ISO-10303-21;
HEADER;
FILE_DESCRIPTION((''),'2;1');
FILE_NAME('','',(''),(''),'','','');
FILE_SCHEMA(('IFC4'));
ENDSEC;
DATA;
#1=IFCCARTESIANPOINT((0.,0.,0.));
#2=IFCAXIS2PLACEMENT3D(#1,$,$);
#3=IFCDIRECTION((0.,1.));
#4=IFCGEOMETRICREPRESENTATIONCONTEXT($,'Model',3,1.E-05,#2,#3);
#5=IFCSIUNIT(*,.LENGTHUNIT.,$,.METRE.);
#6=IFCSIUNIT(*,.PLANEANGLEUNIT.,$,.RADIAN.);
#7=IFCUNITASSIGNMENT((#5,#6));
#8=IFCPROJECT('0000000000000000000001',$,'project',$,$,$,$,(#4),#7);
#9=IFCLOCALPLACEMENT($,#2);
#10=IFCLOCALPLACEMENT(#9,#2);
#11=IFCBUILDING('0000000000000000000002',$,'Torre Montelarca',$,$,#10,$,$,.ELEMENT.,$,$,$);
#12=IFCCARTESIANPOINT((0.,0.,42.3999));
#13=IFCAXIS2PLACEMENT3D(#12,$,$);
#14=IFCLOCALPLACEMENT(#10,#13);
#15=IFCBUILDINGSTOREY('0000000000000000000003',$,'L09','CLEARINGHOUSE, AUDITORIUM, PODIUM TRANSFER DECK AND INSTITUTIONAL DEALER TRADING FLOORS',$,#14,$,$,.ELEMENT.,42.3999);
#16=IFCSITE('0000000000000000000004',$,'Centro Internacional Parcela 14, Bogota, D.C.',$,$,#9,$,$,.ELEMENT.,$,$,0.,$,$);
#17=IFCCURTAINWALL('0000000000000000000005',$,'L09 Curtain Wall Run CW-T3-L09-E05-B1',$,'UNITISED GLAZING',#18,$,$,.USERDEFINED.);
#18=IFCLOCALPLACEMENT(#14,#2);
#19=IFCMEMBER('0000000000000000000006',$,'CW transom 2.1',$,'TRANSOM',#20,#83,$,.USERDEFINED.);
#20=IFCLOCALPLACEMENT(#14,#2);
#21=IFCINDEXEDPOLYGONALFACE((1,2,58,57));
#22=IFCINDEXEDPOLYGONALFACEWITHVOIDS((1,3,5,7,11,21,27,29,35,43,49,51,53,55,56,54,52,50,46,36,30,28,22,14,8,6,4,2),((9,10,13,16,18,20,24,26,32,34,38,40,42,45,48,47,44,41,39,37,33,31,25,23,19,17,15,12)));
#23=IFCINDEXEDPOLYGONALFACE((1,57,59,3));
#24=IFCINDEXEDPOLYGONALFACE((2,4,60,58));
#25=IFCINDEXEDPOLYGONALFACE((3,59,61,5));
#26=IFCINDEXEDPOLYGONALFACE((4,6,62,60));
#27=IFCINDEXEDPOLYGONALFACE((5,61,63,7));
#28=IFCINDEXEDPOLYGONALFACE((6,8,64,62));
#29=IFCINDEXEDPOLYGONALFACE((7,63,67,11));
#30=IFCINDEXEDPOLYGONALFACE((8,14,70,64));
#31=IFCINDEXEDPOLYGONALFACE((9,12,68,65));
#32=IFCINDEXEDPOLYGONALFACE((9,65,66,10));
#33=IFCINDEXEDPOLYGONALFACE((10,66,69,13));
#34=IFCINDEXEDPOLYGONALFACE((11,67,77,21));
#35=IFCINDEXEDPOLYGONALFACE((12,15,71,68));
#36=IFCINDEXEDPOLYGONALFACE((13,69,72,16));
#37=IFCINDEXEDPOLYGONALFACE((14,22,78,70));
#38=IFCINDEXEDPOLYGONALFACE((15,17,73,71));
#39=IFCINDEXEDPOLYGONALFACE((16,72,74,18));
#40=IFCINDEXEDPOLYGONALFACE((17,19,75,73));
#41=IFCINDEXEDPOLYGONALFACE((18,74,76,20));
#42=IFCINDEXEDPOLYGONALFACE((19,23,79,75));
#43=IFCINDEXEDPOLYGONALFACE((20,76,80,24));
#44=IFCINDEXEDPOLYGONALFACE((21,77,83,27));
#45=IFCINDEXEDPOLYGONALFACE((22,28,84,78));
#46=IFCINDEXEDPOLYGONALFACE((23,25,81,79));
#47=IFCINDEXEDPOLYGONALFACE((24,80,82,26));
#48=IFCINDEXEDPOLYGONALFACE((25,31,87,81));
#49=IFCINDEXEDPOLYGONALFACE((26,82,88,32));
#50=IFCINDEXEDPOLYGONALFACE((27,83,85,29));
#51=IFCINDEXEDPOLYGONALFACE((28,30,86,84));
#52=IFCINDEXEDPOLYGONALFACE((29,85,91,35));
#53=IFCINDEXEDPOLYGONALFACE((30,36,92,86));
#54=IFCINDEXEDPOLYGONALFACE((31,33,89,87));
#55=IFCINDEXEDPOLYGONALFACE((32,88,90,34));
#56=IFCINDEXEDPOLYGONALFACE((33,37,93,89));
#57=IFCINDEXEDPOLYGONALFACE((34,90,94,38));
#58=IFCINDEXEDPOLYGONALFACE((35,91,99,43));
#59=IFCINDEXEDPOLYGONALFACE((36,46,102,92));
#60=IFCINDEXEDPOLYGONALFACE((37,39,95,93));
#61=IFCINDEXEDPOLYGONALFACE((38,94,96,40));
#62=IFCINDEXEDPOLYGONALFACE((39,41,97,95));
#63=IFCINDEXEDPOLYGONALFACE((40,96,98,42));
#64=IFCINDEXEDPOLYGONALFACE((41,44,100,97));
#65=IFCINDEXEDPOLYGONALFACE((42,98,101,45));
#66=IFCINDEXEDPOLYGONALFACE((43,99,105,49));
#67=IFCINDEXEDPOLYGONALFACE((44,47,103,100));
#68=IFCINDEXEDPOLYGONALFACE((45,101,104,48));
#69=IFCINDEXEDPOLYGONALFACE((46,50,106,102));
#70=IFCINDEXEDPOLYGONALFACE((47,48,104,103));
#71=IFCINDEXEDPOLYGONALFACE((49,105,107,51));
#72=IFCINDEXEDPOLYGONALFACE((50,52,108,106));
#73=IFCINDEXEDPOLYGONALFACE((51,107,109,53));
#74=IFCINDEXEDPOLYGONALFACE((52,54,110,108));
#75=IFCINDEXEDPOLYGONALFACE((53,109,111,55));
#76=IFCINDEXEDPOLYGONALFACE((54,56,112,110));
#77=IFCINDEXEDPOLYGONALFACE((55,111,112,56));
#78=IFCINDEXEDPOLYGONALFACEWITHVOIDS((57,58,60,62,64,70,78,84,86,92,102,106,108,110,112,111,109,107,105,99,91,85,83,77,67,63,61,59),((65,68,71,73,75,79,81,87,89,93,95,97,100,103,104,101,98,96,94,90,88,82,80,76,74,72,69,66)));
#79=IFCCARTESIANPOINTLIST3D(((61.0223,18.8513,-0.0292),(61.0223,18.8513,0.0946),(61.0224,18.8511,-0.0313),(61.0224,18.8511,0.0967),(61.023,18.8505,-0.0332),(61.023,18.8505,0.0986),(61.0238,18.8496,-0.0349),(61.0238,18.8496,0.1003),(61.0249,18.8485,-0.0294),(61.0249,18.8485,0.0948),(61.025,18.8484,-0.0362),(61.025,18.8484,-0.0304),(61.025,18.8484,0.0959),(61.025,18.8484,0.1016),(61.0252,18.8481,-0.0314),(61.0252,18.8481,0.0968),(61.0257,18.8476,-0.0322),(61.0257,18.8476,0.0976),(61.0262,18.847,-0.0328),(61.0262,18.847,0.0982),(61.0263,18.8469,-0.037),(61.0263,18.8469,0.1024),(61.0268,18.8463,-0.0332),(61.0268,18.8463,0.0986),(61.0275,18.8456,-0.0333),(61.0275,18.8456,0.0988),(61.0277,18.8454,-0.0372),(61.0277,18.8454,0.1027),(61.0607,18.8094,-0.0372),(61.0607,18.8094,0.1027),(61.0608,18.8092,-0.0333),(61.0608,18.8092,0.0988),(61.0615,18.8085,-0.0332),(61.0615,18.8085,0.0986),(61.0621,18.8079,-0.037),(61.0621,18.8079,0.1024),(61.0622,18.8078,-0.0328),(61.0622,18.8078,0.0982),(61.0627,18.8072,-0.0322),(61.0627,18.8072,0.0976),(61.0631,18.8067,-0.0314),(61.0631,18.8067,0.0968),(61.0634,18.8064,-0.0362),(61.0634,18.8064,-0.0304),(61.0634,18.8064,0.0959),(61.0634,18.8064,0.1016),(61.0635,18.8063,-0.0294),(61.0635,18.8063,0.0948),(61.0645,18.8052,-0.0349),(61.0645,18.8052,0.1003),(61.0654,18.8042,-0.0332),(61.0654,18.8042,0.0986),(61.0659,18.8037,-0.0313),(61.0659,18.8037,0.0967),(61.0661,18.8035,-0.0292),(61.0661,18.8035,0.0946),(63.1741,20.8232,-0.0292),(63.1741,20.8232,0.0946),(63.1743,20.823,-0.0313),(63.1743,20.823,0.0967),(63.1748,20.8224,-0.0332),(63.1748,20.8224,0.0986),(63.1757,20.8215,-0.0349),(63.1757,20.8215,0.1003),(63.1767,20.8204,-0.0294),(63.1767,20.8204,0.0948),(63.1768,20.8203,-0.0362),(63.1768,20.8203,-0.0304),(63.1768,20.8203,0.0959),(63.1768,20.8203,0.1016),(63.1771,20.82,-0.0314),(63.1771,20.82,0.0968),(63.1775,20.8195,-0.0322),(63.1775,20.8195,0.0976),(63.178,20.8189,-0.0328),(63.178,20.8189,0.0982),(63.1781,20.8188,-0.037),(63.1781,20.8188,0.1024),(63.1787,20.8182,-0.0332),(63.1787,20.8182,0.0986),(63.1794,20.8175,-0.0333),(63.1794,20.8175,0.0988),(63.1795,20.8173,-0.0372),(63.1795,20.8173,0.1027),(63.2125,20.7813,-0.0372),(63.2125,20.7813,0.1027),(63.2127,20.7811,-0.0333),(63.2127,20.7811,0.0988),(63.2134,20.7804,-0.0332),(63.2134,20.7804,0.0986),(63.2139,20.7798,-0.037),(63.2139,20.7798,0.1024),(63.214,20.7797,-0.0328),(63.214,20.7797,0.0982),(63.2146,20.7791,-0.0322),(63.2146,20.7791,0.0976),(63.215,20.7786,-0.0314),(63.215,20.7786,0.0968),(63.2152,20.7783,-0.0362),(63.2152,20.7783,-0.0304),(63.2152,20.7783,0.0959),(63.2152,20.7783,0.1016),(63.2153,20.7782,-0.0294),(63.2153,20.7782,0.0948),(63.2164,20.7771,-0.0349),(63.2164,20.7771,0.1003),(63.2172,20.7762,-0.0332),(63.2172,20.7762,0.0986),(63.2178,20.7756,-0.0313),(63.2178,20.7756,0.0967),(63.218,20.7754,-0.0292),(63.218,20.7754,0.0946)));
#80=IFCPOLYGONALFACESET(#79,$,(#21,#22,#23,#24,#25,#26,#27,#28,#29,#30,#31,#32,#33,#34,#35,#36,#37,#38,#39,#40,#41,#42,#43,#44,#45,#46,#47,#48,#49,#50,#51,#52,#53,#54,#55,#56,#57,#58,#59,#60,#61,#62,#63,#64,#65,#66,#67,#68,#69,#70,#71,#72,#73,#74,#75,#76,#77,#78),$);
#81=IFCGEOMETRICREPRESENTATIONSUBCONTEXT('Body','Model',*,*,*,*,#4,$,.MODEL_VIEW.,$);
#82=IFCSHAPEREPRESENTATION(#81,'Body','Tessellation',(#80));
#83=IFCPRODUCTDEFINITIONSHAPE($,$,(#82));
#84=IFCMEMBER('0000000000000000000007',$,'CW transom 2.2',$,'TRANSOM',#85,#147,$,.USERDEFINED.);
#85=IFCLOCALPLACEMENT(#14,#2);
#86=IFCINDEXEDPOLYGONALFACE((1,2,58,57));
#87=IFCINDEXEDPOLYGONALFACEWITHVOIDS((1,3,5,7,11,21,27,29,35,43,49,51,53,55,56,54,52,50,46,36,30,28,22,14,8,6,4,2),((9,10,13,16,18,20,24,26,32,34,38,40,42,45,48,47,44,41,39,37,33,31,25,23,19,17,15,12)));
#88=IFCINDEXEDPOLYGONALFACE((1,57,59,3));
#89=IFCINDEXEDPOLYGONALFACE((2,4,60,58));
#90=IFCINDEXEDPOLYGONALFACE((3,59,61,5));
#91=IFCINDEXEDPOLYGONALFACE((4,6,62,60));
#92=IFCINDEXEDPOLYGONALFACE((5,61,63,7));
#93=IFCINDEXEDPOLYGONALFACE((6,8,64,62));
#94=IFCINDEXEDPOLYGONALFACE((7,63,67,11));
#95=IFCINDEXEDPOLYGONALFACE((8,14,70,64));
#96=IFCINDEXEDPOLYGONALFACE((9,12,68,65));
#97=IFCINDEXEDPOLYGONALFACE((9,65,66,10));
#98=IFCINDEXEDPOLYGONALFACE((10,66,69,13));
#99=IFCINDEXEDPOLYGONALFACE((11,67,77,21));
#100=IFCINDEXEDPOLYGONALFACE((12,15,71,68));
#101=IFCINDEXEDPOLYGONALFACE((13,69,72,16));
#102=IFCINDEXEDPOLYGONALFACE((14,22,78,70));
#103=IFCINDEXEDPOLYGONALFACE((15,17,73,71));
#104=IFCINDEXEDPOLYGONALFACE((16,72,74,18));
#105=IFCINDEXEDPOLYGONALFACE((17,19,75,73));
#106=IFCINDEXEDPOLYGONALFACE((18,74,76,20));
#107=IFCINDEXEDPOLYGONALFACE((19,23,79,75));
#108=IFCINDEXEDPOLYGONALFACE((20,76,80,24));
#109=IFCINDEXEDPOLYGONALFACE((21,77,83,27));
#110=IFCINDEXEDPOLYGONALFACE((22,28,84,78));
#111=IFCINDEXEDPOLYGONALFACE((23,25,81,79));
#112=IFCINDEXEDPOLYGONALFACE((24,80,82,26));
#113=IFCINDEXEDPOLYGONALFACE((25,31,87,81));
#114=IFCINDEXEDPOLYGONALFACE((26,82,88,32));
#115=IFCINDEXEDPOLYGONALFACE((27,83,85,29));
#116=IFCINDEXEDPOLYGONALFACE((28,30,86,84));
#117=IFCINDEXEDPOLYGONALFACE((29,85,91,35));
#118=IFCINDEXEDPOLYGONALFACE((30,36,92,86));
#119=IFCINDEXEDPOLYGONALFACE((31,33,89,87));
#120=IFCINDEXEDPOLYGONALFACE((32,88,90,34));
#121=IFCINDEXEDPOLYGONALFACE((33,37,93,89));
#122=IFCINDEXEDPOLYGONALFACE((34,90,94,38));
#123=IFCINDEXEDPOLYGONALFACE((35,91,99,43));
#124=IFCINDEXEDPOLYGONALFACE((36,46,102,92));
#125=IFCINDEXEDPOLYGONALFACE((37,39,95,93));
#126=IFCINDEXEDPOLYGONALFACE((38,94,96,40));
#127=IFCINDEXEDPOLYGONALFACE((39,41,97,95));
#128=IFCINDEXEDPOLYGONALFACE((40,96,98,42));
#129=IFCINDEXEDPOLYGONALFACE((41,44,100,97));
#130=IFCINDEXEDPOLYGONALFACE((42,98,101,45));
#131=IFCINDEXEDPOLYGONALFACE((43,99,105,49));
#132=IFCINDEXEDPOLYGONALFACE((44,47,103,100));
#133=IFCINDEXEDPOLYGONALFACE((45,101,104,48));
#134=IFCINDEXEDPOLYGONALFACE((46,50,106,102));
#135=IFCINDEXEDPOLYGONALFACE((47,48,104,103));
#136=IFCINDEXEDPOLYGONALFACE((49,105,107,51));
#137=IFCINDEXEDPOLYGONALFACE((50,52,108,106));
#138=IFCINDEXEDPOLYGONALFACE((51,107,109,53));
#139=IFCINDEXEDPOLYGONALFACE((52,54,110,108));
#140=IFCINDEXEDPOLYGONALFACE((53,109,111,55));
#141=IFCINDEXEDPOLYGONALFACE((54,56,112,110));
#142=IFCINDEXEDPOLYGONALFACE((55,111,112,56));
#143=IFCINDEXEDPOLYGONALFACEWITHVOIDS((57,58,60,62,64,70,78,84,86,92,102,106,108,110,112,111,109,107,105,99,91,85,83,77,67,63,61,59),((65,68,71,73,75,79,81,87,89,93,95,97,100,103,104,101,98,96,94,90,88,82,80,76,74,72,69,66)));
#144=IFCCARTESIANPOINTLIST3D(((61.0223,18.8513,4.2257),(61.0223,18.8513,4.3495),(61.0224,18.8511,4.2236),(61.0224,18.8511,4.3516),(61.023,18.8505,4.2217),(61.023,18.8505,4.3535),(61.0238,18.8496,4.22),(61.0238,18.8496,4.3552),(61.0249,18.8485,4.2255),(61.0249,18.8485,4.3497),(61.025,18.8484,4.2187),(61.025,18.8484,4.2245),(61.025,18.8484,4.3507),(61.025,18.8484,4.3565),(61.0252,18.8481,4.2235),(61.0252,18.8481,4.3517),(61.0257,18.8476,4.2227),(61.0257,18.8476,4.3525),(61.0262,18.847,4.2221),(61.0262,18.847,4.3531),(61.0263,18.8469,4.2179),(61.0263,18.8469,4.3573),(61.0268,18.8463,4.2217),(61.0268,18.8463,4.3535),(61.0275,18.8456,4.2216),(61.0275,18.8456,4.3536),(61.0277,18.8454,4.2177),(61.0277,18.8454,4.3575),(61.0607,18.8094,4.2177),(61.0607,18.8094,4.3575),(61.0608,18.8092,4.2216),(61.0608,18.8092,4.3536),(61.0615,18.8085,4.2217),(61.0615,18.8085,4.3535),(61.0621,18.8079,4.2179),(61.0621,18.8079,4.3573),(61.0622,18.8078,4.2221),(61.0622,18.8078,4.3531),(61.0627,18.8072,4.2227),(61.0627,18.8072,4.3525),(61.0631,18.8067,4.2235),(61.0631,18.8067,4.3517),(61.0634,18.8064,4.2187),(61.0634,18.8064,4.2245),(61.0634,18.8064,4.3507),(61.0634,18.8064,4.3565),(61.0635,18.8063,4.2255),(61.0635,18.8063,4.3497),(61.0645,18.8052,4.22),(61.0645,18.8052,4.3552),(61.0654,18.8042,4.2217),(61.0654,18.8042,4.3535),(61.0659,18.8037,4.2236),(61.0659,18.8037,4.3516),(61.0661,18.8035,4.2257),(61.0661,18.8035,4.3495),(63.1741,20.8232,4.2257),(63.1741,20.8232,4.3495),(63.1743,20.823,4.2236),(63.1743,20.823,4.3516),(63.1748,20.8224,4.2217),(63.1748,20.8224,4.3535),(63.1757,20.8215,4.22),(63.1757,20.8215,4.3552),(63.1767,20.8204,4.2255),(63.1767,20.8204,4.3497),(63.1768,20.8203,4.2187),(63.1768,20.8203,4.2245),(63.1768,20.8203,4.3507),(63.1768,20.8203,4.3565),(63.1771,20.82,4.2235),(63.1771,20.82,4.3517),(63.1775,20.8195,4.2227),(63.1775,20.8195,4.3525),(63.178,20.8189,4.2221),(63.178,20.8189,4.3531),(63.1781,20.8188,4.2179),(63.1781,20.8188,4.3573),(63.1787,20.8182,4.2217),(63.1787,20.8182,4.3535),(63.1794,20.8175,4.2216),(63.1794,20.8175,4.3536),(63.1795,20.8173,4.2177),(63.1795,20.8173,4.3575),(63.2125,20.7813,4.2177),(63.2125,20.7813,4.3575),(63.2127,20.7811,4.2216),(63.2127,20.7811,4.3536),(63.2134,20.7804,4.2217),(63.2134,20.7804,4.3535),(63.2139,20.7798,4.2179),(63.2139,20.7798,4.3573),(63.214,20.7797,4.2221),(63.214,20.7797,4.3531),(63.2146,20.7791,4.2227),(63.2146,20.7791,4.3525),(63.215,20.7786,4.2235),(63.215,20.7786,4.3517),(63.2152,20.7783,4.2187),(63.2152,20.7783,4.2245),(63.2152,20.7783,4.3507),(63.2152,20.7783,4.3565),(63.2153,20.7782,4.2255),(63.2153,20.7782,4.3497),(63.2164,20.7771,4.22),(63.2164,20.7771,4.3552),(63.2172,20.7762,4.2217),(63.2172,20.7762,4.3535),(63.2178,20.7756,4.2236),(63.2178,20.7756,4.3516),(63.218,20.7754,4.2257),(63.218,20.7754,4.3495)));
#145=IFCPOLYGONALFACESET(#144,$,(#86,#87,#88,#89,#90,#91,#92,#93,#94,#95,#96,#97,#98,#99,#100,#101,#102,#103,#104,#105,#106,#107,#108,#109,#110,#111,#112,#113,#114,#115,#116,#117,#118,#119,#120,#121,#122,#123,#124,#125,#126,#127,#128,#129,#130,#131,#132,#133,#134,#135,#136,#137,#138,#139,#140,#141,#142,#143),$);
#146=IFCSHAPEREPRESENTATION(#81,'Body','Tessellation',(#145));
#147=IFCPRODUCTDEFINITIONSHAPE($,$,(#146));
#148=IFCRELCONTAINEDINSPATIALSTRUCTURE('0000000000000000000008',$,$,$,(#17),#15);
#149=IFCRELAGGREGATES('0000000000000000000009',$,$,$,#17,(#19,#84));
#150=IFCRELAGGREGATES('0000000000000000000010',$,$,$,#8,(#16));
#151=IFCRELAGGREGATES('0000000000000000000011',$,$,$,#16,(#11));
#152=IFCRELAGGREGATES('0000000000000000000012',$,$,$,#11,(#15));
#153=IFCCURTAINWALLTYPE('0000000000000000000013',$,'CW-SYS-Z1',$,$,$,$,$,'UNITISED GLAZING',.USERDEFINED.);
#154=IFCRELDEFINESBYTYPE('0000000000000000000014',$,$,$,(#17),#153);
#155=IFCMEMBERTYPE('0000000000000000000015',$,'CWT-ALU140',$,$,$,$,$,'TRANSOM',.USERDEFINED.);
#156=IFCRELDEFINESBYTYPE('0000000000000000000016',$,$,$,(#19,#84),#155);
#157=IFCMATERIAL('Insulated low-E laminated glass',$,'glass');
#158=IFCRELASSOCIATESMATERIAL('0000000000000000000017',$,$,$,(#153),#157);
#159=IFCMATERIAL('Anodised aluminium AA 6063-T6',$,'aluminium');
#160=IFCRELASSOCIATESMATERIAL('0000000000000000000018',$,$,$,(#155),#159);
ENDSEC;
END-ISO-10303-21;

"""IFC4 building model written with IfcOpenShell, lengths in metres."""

from ifc_helpers import new_model, si_unit, direction, frame, origin, origin_2d, place, context, subcontext, project, spatial, hollow_rectangle, extrude, source, transform, mapped, material, material_profile, profile_set, type_object, element, aggregate, save


model = new_model("IFC4")

# Units and contexts
model_context = context("Model", 3, precision=1e-05, world=origin(), true_north=direction((0.0, 1.0)))
body_context = subcontext(model_context, "Body", "Model", "MODEL_VIEW")
ifc_project = project(units=[si_unit("LENGTHUNIT", "METRE"), si_unit("PLANEANGLEUNIT", "RADIAN")], contexts=[model_context])

# Site, building, storey
site_placement = place(None, origin())
site = spatial("IfcSite", under=ifc_project, at=site_placement, Name="Centro Internacional Parcela 14, Bogota, D.C.", CompositionType="ELEMENT", RefElevation=0.0)
building_placement = place(site_placement, origin())
building = spatial("IfcBuilding", under=site, at=building_placement, Name="Torre Montelarca", CompositionType="ELEMENT")
storey_placement = place(building_placement, frame((0.0, 0.0, 42.3999)))
storey = spatial("IfcBuildingStorey", under=building, at=storey_placement, Name="L09", Description="CLEARINGHOUSE, AUDITORIUM, PODIUM TRANSFER DECK AND INSTITUTIONAL DEALER TRADING FLOORS", CompositionType="ELEMENT", Elevation=42.3999)

# Curtain wall
ifc_material_1 = material(Name="Insulated low-E laminated glass", Category="glass")
curtain_wall_type = type_object("IfcCurtainWallType", Name="CW-SYS-Z1", ElementType="UNITISED GLAZING", PredefinedType="USERDEFINED", material=ifc_material_1)
ifc_material_2 = material(Name="Anodised aluminium AA 6063-T6", Category="aluminium")
curtain_wall_1_placement = place(storey_placement, origin())
curtain_wall_1 = element("IfcCurtainWall", 1, at=curtain_wall_1_placement, inside=storey, type_object=curtain_wall_type, Name="L09 Curtain Wall Run CW-T3-L09-E05-B1", ObjectType="UNITISED GLAZING", PredefinedType="USERDEFINED")

# Members
ifc_material_profile_1 = material_profile(ifc_material_2, hollow_rectangle(XDim=0.0649, YDim=0.1399, WallThickness=0.0039, InnerFilletRadius=0.0039, OuterFilletRadius=0.0081, at=origin_2d()), Name="ALU65X140X4", Category="aluminium")
ifc_profile_set_1 = profile_set([ifc_material_profile_1], Name="Anodised aluminium AA 6063-T6")
member_type_1 = type_object("IfcMemberType", Name="CWT-ALU140", ElementType="TRANSOM", PredefinedType="USERDEFINED", material=ifc_profile_set_1)
shared_shape_1 = source(origin(), body_context, "Body", "SweptSolid", [
    extrude(hollow_rectangle(XDim=0.0649, YDim=0.1399, WallThickness=0.0039, InnerFilletRadius=0.0039, OuterFilletRadius=0.0081, at=origin_2d()), origin(), (0.0, 0.0, 1.0), 2.9187),
])
member_1_placement = place(storey_placement, frame((61.0442, 18.8274, 0.0327), z_axis=(0.737258, 0.675611, 0.0), x_axis=(-0.675611, 0.737258, 0.0)))
member_1 = element("IfcMember", 2, at=member_1_placement, type_object=member_type_1, Name="CW transom 2.1", ObjectType="TRANSOM", PredefinedType="USERDEFINED", context=body_context, shape_type="MappedRepresentation", body=[
    mapped(shared_shape_1, transform((0.0, 0.0, 0.0), scale=1.0)),
])
member_2_placement = place(storey_placement, frame((61.0442, 18.8274, 4.2876), z_axis=(0.737258, 0.675611, 0.0), x_axis=(-0.675611, 0.737258, 0.0)))
member_2 = element("IfcMember", 3, at=member_2_placement, type_object=member_type_1, Name="CW transom 2.2", ObjectType="TRANSOM", PredefinedType="USERDEFINED", context=body_context, shape_type="MappedRepresentation", body=[
    mapped(shared_shape_1, transform((0.0, 0.0, 0.0), scale=1.0)),
])

aggregate(curtain_wall_1, [member_1, member_2])

save(model, "model.ifc")
